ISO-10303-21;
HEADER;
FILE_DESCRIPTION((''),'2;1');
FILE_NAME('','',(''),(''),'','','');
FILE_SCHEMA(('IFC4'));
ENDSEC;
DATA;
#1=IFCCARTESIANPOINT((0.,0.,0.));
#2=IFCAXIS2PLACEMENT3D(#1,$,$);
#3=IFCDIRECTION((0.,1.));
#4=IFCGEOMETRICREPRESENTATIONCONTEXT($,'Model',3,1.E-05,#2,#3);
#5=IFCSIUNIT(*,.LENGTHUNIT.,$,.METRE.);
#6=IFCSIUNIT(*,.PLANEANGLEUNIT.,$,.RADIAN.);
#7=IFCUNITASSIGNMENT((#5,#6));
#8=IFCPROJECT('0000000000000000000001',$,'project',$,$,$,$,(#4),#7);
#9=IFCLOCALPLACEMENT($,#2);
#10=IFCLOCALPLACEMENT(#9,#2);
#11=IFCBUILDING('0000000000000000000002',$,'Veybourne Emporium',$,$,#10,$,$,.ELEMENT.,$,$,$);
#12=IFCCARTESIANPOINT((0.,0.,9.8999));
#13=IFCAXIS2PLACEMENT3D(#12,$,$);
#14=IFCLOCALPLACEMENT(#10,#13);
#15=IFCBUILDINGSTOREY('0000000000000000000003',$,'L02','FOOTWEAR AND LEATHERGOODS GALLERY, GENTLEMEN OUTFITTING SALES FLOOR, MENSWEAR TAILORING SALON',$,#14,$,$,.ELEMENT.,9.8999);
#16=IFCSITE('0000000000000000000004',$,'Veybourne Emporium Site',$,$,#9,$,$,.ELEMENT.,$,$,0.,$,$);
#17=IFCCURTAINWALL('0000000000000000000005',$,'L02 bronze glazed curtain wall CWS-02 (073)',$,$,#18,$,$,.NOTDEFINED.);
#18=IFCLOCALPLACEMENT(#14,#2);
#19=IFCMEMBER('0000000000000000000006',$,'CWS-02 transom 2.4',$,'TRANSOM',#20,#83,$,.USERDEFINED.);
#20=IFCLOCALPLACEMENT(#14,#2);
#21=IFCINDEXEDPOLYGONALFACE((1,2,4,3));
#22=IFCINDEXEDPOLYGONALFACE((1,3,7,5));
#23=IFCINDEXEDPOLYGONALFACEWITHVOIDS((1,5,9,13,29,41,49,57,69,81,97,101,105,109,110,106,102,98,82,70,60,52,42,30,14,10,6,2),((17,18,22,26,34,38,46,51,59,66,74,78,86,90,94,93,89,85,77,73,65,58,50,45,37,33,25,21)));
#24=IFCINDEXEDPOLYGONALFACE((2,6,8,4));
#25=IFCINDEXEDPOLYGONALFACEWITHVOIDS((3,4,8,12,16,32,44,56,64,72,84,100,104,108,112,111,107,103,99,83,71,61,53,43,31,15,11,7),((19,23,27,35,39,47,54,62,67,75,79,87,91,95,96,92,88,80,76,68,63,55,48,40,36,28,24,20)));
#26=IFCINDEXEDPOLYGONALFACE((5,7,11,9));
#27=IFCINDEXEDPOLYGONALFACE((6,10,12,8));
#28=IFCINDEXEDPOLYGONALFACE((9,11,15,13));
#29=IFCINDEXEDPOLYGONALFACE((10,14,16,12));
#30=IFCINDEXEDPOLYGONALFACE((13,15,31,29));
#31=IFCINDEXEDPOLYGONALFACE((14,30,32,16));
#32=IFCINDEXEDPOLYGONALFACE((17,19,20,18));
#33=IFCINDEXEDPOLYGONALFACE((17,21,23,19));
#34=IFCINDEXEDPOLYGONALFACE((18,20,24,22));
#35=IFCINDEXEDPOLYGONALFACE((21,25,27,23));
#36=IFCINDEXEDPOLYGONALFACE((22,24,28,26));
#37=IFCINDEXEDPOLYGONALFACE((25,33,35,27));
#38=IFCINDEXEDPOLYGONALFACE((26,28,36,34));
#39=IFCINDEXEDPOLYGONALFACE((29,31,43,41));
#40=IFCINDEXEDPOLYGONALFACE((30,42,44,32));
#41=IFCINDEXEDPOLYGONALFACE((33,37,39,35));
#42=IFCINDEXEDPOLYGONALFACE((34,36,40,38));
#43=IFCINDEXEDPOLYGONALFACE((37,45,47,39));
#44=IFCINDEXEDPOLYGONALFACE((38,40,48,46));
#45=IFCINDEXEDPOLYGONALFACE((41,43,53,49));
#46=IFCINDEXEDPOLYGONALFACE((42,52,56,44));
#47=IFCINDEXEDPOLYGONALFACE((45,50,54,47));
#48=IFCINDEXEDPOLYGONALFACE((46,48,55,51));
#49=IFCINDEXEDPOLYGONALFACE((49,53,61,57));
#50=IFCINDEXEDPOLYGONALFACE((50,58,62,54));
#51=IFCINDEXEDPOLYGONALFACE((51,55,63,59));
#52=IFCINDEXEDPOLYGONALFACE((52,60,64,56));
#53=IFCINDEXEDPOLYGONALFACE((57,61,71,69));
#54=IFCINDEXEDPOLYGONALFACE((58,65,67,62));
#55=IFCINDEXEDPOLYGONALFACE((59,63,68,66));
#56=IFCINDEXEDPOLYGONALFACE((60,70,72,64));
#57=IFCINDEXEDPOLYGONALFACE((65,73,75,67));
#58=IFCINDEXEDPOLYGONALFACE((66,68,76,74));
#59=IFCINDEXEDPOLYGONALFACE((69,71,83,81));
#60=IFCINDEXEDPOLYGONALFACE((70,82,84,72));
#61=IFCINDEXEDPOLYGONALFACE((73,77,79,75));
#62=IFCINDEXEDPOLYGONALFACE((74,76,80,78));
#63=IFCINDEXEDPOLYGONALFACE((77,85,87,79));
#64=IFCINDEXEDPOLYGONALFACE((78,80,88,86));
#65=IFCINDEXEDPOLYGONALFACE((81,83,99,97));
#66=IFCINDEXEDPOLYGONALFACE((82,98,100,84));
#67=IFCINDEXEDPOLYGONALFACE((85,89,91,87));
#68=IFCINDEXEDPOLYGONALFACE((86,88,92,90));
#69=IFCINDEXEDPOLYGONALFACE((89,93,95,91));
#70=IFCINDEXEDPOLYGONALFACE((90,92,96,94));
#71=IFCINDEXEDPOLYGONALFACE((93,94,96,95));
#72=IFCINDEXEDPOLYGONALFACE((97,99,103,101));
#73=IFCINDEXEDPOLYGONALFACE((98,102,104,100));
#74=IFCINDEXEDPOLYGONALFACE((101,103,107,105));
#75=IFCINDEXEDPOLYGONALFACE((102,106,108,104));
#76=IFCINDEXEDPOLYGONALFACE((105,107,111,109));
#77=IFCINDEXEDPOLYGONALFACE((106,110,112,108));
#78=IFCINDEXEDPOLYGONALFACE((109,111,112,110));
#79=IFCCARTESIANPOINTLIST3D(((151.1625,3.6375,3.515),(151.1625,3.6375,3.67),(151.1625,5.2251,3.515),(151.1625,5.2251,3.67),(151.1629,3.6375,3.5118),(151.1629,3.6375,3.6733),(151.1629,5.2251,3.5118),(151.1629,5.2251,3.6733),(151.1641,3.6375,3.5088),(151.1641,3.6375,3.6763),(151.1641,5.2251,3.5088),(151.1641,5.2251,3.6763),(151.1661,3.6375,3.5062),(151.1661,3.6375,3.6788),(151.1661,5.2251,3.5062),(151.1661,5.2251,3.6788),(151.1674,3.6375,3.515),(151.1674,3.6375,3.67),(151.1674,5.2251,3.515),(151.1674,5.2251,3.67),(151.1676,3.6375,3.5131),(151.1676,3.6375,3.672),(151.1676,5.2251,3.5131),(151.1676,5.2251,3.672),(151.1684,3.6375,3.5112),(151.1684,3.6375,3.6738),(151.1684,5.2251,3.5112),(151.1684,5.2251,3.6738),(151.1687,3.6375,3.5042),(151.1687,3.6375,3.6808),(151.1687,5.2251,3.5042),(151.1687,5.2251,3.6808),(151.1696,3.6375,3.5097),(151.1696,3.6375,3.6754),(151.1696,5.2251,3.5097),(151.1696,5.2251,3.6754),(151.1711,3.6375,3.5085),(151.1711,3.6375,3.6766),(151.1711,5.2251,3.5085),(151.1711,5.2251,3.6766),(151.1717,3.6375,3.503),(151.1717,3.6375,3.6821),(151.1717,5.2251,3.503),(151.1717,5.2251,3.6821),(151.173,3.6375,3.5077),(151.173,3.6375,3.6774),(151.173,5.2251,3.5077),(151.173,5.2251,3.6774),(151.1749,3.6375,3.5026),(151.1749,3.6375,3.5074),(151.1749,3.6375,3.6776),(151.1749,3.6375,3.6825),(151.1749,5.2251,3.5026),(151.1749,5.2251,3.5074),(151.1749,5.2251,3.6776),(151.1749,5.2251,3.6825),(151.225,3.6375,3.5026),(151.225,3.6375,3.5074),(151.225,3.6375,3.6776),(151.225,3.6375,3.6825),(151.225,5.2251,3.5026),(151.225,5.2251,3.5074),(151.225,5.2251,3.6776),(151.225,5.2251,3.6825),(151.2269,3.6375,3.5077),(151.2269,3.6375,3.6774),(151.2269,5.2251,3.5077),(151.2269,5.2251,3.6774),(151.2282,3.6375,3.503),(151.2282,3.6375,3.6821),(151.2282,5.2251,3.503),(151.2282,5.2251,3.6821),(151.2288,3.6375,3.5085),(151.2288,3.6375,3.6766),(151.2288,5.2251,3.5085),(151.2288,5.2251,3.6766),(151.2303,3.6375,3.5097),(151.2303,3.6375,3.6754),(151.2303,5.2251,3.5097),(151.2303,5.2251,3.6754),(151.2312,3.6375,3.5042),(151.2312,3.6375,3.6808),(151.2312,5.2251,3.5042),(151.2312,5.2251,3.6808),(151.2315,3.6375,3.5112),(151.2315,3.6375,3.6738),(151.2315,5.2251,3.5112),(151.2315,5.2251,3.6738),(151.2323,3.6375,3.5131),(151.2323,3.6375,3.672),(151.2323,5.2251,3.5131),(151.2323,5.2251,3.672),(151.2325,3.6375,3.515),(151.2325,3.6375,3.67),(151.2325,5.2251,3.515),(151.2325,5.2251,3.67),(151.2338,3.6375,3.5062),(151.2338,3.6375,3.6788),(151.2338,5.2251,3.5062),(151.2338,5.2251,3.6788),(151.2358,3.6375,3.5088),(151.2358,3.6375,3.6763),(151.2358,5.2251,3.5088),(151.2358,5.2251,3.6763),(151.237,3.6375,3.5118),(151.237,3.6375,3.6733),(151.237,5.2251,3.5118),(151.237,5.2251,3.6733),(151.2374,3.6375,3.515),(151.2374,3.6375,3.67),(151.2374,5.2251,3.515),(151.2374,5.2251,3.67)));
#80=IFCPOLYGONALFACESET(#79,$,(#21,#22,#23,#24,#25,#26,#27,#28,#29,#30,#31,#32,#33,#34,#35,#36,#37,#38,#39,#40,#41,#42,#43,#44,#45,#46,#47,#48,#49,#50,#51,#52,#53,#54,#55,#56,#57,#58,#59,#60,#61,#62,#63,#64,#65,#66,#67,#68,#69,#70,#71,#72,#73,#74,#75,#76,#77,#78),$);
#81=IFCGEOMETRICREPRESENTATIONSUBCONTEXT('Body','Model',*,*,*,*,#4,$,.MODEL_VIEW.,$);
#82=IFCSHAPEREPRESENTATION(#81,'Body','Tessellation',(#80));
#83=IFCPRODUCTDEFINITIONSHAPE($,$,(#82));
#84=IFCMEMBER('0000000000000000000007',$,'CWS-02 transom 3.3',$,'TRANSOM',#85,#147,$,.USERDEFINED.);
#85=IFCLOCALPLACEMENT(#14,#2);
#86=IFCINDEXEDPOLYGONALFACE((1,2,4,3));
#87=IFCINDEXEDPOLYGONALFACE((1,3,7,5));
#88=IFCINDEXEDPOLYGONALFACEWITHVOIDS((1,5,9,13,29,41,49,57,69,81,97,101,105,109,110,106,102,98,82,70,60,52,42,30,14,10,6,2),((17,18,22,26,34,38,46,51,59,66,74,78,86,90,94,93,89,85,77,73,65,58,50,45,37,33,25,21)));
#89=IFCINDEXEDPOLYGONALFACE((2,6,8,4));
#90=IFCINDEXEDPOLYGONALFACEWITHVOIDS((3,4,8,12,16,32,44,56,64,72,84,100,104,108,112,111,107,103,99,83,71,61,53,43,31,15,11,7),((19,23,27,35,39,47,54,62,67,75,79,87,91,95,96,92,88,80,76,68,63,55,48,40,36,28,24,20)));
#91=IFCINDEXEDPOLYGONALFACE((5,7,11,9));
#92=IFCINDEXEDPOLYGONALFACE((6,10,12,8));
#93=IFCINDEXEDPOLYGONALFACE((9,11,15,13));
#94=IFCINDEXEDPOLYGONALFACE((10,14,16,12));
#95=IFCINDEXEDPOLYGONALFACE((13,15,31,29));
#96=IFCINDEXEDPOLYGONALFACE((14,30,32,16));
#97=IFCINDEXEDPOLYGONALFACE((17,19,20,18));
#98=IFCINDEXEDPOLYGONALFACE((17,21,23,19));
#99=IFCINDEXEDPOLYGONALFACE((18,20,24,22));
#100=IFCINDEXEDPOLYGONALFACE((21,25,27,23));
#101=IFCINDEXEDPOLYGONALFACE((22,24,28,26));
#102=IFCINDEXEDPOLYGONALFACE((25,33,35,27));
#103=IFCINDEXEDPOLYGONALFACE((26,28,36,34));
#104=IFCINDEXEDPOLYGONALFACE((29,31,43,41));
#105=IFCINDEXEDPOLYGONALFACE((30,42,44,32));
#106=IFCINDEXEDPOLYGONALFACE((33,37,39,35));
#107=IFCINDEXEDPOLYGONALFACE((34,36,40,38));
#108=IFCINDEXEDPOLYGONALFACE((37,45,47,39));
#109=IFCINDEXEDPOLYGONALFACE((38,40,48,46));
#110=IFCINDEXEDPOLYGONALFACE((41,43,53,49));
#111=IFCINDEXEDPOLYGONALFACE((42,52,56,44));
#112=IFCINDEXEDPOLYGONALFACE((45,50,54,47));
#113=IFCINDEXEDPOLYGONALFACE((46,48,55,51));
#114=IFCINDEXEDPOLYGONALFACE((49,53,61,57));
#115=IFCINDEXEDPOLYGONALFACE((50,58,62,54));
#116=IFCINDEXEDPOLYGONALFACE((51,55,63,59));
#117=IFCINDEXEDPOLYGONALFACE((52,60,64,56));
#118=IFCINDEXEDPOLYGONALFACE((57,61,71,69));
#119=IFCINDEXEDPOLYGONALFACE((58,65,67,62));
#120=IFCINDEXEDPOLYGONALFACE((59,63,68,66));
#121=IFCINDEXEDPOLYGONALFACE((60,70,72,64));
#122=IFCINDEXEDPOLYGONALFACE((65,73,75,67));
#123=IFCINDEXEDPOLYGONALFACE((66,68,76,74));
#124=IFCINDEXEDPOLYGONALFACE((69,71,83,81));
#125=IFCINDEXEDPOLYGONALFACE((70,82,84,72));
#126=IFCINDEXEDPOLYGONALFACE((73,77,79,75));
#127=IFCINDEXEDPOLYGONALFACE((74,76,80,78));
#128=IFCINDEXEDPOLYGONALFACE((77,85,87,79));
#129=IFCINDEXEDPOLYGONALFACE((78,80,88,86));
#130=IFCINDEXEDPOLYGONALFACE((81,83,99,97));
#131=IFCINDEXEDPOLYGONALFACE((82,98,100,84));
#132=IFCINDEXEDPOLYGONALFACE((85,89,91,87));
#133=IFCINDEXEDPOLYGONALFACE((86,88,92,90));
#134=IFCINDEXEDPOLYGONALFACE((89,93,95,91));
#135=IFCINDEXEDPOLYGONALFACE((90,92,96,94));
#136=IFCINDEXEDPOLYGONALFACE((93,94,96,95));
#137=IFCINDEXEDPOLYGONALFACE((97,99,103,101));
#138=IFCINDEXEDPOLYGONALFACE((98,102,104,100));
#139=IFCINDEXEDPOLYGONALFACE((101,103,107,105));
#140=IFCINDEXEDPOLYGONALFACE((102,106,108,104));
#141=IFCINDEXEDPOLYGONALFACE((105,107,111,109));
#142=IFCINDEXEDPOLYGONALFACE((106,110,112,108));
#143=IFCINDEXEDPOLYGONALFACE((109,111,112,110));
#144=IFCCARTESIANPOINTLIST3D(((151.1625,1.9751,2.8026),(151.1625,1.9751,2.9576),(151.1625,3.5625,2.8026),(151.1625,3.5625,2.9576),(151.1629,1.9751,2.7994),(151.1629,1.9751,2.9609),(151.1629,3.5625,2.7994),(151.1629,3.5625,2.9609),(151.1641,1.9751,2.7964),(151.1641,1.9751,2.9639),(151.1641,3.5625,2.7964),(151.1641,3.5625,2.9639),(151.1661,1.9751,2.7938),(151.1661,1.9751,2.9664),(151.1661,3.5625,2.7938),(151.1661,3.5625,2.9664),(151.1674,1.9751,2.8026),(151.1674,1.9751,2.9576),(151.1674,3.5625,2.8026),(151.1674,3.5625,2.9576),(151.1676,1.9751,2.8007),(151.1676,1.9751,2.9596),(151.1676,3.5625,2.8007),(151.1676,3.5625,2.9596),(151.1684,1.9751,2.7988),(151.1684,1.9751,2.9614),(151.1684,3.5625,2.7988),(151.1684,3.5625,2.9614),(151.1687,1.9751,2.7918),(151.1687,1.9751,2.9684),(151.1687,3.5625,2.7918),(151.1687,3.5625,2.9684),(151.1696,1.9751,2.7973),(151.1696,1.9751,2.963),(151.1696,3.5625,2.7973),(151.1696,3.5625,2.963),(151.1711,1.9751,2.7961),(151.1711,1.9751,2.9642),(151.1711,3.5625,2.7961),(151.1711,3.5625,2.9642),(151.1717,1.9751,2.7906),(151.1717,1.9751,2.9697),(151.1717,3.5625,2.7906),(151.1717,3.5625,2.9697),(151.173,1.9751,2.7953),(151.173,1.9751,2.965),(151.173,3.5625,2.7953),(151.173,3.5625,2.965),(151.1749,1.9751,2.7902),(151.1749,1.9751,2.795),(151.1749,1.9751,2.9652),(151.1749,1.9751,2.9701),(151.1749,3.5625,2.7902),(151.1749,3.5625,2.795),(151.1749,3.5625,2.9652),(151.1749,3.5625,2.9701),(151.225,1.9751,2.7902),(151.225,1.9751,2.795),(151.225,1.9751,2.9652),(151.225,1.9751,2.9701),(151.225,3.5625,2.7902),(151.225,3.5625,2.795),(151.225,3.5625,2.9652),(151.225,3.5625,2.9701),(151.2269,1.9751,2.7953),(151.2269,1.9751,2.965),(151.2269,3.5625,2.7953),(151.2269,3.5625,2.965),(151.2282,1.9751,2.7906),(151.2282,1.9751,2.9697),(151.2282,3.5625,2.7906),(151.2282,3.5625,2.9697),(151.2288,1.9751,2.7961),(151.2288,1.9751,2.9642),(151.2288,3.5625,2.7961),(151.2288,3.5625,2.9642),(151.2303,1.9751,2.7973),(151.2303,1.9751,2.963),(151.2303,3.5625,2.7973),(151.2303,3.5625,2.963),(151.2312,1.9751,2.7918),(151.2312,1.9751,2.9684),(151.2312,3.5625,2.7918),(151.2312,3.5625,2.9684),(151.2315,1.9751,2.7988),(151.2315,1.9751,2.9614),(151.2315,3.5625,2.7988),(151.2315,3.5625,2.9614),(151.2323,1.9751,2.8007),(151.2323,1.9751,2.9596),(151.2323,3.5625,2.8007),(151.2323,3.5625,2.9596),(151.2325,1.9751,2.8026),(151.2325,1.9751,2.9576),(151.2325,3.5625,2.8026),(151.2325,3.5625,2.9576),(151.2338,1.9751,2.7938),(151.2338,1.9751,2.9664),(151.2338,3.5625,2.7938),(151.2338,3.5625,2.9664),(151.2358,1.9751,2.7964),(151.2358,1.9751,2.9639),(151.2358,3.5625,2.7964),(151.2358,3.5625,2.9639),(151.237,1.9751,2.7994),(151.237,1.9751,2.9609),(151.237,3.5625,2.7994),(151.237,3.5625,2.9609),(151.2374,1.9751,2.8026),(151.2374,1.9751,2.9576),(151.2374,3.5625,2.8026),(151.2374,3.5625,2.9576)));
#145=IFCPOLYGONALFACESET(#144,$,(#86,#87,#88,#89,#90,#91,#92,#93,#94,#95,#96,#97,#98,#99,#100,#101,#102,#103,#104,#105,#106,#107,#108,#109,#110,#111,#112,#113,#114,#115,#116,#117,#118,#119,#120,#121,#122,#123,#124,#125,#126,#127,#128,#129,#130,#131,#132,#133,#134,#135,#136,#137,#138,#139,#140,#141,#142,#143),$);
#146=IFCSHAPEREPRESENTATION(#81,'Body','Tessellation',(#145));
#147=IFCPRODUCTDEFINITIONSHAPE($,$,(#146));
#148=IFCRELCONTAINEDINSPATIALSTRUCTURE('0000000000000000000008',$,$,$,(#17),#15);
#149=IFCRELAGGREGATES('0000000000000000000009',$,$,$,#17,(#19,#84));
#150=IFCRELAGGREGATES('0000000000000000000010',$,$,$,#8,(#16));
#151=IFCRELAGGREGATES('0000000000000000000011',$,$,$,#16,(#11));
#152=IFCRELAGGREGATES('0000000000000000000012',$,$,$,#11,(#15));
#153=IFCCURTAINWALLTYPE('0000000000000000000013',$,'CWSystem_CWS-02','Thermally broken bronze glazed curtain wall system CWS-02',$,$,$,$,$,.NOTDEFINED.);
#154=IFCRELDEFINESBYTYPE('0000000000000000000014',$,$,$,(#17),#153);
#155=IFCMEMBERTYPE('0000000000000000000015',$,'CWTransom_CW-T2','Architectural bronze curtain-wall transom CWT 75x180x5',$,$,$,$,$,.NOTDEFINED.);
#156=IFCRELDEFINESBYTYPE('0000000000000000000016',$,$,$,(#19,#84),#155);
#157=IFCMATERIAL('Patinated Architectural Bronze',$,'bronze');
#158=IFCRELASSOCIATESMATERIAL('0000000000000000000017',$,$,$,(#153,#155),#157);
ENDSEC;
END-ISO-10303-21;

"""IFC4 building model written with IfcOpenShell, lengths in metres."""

from ifc_helpers import new_model, si_unit, direction, frame, origin, origin_2d, place, context, subcontext, project, spatial, hollow_rectangle, extrude, material, material_profile, profile_set, type_object, element, aggregate, save


model = new_model("IFC4")

# Units and contexts
model_context = context("Model", 3, precision=1e-05, world=origin(), true_north=direction((0.0, 1.0)))
body_context = subcontext(model_context, "Body", "Model", "MODEL_VIEW")
ifc_project = project(units=[si_unit("LENGTHUNIT", "METRE"), si_unit("PLANEANGLEUNIT", "RADIAN")], contexts=[model_context])

# Site, building, storey
site_placement = place(None, origin())
site = spatial("IfcSite", under=ifc_project, at=site_placement, Name="Veybourne Emporium Site", CompositionType="ELEMENT", RefElevation=0.0)
building_placement = place(site_placement, origin())
building = spatial("IfcBuilding", under=site, at=building_placement, Name="Veybourne Emporium", CompositionType="ELEMENT")
storey_placement = place(building_placement, frame((0.0, 0.0, 9.8999)))
storey = spatial("IfcBuildingStorey", under=building, at=storey_placement, Name="L02", Description="FOOTWEAR AND LEATHERGOODS GALLERY, GENTLEMEN OUTFITTING SALES FLOOR, MENSWEAR TAILORING SALON", CompositionType="ELEMENT", Elevation=9.8999)

# Curtain wall
ifc_material_1 = material(Name="Patinated Architectural Bronze", Category="bronze")
curtain_wall_type_1 = type_object("IfcCurtainWallType", Name="CWSystem_CWS-02", Description="Thermally broken bronze glazed curtain wall system CWS-02", PredefinedType="NOTDEFINED", material=ifc_material_1)
curtain_wall_1_placement = place(storey_placement, origin())
curtain_wall_1 = element("IfcCurtainWall", 1, at=curtain_wall_1_placement, inside=storey, type_object=curtain_wall_type_1, Name="L02 bronze glazed curtain wall CWS-02 (073)", PredefinedType="NOTDEFINED")

# Members
ifc_material_profile_1 = material_profile(ifc_material_1, hollow_rectangle(XDim=0.075, YDim=0.1799, WallThickness=0.0049, InnerFilletRadius=0.0076, OuterFilletRadius=0.0125, at=origin_2d()), Name="CWT 75x180x5")
ifc_profile_set_1 = profile_set([ifc_material_profile_1], Name="Patinated Architectural Bronze")
member_type_1 = type_object("IfcMemberType", Name="CWTransom_CW-T2", Description="Architectural bronze curtain-wall transom CWT 75x180x5", PredefinedType="NOTDEFINED", material=ifc_profile_set_1)
member_1_placement = place(storey_placement, frame((151.2, 5.2251, 3.5925), z_axis=(0.0, -1.0, 0.0), x_axis=(1.0, 0.0, 0.0)))
member_1 = element("IfcMember", 2, at=member_1_placement, type_object=member_type_1, Name="CWS-02 transom 2.4", ObjectType="TRANSOM", PredefinedType="USERDEFINED", context=body_context, shape_type="SweptSolid", body=[
    extrude(hollow_rectangle(XDim=0.075, YDim=0.1799, WallThickness=0.0049, InnerFilletRadius=0.0076, OuterFilletRadius=0.0125, at=origin_2d()), origin(), (0.0, 0.0, 1.0), 1.5876),
])
member_2_placement = place(storey_placement, frame((151.2, 3.5625, 2.8801), z_axis=(0.0, -1.0, 0.0), x_axis=(1.0, 0.0, 0.0)))
member_2 = element("IfcMember", 3, at=member_2_placement, type_object=member_type_1, Name="CWS-02 transom 3.3", ObjectType="TRANSOM", PredefinedType="USERDEFINED", context=body_context, shape_type="SweptSolid", body=[
    extrude(hollow_rectangle(XDim=0.075, YDim=0.1799, WallThickness=0.0049, InnerFilletRadius=0.0076, OuterFilletRadius=0.0125, at=origin_2d()), origin(), (0.0, 0.0, 1.0), 1.5874),
])

aggregate(curtain_wall_1, [member_1, member_2])

save(model, "model.ifc")
